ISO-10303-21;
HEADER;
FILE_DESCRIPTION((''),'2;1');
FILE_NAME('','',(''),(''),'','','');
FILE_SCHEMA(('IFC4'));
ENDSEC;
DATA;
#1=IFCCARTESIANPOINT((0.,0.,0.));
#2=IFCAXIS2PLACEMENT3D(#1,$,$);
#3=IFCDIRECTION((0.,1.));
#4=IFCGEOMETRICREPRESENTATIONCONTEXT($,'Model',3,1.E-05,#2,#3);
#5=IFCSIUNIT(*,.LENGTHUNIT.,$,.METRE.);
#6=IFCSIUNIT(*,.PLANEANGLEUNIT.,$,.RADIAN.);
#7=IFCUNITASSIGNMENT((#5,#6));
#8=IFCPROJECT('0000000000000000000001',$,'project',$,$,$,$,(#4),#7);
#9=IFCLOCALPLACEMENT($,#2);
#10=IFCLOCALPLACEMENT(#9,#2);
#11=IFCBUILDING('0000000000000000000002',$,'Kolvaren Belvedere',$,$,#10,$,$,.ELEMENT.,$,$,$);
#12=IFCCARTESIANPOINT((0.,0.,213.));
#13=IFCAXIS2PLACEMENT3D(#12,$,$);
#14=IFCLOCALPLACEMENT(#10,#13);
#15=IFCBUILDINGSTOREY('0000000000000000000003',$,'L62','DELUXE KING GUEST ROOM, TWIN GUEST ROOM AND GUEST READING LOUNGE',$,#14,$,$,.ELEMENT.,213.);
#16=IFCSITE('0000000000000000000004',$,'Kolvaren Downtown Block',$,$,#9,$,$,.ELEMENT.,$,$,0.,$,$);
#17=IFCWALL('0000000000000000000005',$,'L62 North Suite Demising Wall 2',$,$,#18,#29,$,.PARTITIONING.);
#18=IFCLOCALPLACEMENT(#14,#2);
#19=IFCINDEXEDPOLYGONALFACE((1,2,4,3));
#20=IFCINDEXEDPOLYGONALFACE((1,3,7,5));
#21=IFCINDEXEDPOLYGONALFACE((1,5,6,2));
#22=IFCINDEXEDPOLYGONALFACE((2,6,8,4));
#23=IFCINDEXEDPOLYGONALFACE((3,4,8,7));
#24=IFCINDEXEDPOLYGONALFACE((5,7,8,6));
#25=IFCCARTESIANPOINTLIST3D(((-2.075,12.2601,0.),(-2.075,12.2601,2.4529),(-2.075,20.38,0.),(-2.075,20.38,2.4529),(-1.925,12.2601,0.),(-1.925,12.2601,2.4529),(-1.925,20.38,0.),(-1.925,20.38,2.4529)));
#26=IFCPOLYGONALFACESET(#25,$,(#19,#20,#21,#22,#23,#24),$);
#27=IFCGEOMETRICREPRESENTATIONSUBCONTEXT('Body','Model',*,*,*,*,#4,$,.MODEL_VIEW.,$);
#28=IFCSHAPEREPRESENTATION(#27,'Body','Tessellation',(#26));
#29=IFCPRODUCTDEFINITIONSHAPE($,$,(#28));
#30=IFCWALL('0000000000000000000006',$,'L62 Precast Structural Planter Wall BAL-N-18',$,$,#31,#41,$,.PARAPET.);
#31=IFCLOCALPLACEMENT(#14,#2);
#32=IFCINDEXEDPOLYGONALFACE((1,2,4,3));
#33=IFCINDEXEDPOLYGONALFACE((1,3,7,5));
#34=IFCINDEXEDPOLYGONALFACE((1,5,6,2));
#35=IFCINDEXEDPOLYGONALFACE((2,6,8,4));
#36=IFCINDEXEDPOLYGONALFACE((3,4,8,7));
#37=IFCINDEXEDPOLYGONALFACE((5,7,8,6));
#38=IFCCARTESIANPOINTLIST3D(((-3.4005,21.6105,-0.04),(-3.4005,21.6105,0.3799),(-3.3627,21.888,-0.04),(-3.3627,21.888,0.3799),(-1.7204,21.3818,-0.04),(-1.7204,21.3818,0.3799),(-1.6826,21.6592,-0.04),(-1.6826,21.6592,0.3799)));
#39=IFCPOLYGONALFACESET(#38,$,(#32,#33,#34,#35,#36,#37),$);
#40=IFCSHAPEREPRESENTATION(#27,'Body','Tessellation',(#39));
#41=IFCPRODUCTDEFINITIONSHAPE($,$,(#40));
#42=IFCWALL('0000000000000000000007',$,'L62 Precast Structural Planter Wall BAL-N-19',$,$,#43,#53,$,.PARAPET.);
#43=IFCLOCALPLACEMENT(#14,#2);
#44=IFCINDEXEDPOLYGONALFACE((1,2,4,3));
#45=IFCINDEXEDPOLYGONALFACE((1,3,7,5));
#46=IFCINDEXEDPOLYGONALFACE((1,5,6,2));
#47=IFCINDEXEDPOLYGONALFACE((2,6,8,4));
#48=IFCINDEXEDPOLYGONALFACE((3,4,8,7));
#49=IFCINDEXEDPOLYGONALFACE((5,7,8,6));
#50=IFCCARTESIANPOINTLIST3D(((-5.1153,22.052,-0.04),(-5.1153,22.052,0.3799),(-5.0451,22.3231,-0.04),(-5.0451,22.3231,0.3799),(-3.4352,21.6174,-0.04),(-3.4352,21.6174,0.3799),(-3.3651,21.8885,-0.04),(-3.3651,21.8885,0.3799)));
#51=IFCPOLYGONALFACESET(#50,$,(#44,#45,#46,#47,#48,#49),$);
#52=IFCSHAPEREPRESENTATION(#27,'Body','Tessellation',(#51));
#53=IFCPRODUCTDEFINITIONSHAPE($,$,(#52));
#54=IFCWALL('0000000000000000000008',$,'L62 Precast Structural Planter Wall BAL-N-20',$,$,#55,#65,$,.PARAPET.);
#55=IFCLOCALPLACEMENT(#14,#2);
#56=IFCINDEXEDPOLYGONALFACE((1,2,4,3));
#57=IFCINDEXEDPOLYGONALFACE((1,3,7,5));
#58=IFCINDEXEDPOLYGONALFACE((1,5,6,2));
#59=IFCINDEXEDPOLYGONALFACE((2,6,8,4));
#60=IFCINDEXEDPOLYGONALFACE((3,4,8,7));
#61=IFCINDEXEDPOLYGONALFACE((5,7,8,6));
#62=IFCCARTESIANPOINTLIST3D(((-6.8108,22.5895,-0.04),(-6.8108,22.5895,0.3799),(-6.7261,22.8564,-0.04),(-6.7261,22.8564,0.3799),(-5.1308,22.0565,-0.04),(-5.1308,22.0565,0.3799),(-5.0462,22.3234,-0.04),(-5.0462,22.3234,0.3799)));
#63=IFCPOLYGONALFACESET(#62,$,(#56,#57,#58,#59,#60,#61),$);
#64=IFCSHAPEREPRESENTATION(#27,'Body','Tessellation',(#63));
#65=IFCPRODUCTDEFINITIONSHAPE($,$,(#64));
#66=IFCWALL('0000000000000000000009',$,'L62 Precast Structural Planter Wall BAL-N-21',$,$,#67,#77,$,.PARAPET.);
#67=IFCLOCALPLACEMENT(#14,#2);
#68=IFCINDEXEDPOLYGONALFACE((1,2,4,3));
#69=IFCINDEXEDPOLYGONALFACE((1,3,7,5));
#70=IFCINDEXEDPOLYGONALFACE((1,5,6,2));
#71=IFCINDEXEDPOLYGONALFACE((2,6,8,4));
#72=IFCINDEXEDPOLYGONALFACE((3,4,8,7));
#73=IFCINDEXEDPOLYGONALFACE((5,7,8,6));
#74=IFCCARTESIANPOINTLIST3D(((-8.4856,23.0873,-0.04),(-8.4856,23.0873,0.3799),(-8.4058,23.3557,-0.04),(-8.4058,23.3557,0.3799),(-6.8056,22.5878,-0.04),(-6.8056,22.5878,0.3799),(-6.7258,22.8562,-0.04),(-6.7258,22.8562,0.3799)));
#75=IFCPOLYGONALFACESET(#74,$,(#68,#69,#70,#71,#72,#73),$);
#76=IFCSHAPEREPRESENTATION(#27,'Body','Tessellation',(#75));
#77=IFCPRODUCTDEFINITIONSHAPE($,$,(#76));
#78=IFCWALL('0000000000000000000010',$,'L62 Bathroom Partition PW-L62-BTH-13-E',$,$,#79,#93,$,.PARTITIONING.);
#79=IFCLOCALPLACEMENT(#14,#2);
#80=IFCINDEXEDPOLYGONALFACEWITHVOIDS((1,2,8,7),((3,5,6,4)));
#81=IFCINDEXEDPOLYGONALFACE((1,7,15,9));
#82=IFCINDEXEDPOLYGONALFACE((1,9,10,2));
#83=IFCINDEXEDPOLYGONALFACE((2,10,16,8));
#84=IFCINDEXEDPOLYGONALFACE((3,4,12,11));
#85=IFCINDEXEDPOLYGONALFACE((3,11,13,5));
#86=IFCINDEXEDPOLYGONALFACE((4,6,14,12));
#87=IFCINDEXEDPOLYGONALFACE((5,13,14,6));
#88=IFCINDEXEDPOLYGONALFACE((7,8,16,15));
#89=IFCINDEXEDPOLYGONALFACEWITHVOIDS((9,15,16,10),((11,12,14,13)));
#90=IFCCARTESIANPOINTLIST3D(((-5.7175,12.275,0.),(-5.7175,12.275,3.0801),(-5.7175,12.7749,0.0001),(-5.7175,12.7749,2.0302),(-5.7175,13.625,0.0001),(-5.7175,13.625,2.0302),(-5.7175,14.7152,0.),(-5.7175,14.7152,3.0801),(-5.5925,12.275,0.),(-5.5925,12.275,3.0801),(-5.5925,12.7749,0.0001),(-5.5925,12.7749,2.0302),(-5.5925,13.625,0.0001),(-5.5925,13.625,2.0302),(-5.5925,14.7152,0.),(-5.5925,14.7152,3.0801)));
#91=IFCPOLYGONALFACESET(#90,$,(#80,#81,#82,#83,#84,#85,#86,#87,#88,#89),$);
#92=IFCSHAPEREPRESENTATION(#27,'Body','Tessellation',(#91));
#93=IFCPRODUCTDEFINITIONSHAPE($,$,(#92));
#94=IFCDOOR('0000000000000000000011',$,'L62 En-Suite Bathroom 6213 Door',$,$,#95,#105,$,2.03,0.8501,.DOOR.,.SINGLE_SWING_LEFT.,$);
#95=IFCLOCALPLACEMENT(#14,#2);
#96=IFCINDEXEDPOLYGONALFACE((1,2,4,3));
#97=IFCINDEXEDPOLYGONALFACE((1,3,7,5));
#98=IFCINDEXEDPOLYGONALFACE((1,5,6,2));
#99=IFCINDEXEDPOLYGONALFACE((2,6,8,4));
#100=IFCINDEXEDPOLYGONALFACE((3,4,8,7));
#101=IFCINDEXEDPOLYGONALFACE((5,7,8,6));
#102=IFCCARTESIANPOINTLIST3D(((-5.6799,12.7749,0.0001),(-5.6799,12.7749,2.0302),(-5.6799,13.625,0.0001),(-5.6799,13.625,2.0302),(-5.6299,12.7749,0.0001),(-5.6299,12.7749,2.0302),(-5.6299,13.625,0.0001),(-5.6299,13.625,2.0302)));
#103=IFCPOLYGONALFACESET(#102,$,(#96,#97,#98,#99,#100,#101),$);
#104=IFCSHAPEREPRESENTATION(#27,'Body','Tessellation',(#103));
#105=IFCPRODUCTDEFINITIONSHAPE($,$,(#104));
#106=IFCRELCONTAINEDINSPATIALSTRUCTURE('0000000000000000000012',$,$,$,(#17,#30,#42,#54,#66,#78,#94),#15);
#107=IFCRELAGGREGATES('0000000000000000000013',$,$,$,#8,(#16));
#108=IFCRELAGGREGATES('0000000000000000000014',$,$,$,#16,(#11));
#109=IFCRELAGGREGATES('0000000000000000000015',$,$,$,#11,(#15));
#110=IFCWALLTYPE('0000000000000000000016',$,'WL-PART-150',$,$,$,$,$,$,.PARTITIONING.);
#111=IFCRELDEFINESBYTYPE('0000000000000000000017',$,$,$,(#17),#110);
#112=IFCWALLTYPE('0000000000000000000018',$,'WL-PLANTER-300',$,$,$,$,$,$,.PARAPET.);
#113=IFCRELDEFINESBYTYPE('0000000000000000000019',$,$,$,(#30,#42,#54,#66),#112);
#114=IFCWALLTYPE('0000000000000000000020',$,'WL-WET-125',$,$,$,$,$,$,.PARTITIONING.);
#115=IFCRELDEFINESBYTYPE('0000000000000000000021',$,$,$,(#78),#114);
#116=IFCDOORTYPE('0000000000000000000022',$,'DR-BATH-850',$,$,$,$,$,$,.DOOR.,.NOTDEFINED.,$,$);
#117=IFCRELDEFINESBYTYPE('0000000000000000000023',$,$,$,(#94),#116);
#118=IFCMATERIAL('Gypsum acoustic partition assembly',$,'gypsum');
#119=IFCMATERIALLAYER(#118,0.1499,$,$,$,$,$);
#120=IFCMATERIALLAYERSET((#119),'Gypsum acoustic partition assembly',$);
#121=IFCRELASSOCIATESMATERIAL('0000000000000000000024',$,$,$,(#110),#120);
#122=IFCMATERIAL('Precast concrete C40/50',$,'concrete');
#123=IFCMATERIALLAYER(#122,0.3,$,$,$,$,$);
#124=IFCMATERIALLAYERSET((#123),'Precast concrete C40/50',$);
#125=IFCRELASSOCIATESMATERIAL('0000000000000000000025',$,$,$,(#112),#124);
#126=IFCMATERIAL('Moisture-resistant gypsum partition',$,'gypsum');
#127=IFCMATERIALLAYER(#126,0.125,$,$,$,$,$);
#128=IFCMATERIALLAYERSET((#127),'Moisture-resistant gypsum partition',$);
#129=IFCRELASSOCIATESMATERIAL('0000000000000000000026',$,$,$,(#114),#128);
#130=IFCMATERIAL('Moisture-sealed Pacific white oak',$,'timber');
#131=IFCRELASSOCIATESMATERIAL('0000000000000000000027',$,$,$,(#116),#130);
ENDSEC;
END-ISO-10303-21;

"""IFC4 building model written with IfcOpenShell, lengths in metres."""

from ifc_helpers import new_model, si_unit, direction, frame, frame_2d, origin, place, context, subcontext, project, spatial, rectangle, extrude, material, layer, layer_set, type_object, element, fill, save


model = new_model("IFC4")

# Units and contexts
model_context = context("Model", 3, precision=1e-05, world=origin(), true_north=direction((0.0, 1.0)))
body_context = subcontext(model_context, "Body", "Model", "MODEL_VIEW")
ifc_project = project(units=[si_unit("LENGTHUNIT", "METRE"), si_unit("PLANEANGLEUNIT", "RADIAN")], contexts=[model_context])

# Site, building, storey
site_placement = place(None, origin())
site = spatial("IfcSite", under=ifc_project, at=site_placement, Name="Kolvaren Downtown Block", CompositionType="ELEMENT", RefElevation=0.0)
building_placement = place(site_placement, origin())
building = spatial("IfcBuilding", under=site, at=building_placement, Name="Kolvaren Belvedere", CompositionType="ELEMENT")
storey_placement = place(building_placement, frame((0.0, 0.0, 213.0)))
storey = spatial("IfcBuildingStorey", under=building, at=storey_placement, Name="L62", Description="DELUXE KING GUEST ROOM, TWIN GUEST ROOM AND GUEST READING LOUNGE", CompositionType="ELEMENT", Elevation=213.0)

# Walls
ifc_material_1 = material(Name="Gypsum acoustic partition assembly", Category="gypsum")
ifc_layer_1 = layer(ifc_material_1, 0.1499)
ifc_layer_set_1 = layer_set([ifc_layer_1], Name="Gypsum acoustic partition assembly")
wall_type_1 = type_object("IfcWallType", Name="WL-PART-150", PredefinedType="PARTITIONING", material=ifc_layer_set_1)
wall_1_placement = place(storey_placement, frame((-2.0, 12.26, 0.0), z_axis=(0.0, 0.0, 1.0), x_axis=(0.0, 1.0, 0.0)))
element("IfcWall", 1, at=wall_1_placement, inside=storey, type_object=wall_type_1, Name="L62 North Suite Demising Wall 2", PredefinedType="PARTITIONING", context=body_context, shape_type="SweptSolid", body=[
    extrude(rectangle(XDim=8.1199, YDim=0.1499, at=frame_2d((4.0601, 0.0))), origin(), (0.0, 0.0, 1.0), 2.4529),
])
ifc_material_2 = material(Name="Precast concrete C40/50", Category="concrete")
ifc_layer_2 = layer(ifc_material_2, 0.3)
ifc_layer_set_2 = layer_set([ifc_layer_2], Name="Precast concrete C40/50")
wall_type_2 = type_object("IfcWallType", Name="WL-PLANTER-300", PredefinedType="PARAPET", material=ifc_layer_set_2)
wall_2_placement = place(storey_placement, frame((-1.7017, 21.5205, -0.04), z_axis=(0.0, 0.0, 1.0), x_axis=(-0.990856, 0.134927, 0.0)))
element("IfcWall", 2, at=wall_2_placement, inside=storey, type_object=wall_type_2, Name="L62 Precast Structural Planter Wall BAL-N-18", PredefinedType="PARAPET", context=body_context, shape_type="SweptSolid", body=[
    extrude(rectangle(XDim=1.6956, YDim=0.28, at=frame_2d((0.8477, 0.0))), origin(), (0.0, 0.0, 1.0), 0.4199),
])
wall_3_placement = place(storey_placement, frame((-3.4001, 21.7529, -0.04), z_axis=(0.0, 0.0, 1.0), x_axis=(-0.968132, 0.25044, 0.0)))
element("IfcWall", 3, at=wall_3_placement, inside=storey, type_object=wall_type_2, Name="L62 Precast Structural Planter Wall BAL-N-19", PredefinedType="PARAPET", context=body_context, shape_type="SweptSolid", body=[
    extrude(rectangle(XDim=1.7354, YDim=0.28, at=frame_2d((0.8677, 0.0))), origin(), (0.0, 0.0, 1.0), 0.4199),
])
wall_4_placement = place(storey_placement, frame((-5.0884, 22.1899, -0.04), z_axis=(0.0, 0.0, 1.0), x_axis=(-0.953182, 0.302397, 0.0)))
element("IfcWall", 4, at=wall_4_placement, inside=storey, type_object=wall_type_2, Name="L62 Precast Structural Planter Wall BAL-N-20", PredefinedType="PARAPET", context=body_context, shape_type="SweptSolid", body=[
    extrude(rectangle(XDim=1.7625, YDim=0.28, at=frame_2d((0.8813, 0.0))), origin(), (0.0, 0.0, 1.0), 0.4199),
])
wall_5_placement = place(storey_placement, frame((-6.7656, 22.7219, -0.04), z_axis=(0.0, 0.0, 1.0), x_axis=(-0.958525, 0.285008, 0.0)))
element("IfcWall", 5, at=wall_5_placement, inside=storey, type_object=wall_type_2, Name="L62 Precast Structural Planter Wall BAL-N-21", PredefinedType="PARAPET", context=body_context, shape_type="SweptSolid", body=[
    extrude(rectangle(XDim=1.7527, YDim=0.28, at=frame_2d((0.8765, 0.0))), origin(), (0.0, 0.0, 1.0), 0.4199),
])

# Wall, opening, door
ifc_material_3 = material(Name="Moisture-resistant gypsum partition", Category="gypsum")
ifc_layer_3 = layer(ifc_material_3, 0.125)
ifc_layer_set_3 = layer_set([ifc_layer_3], Name="Moisture-resistant gypsum partition")
wall_type_3 = type_object("IfcWallType", Name="WL-WET-125", PredefinedType="PARTITIONING", material=ifc_layer_set_3)
wall_6_placement = place(storey_placement, frame((-5.655, 12.2749, 0.0), z_axis=(0.0, 0.0, 1.0), x_axis=(0.0, 1.0, 0.0)))
wall_6 = element("IfcWall", 6, at=wall_6_placement, inside=storey, type_object=wall_type_3, Name="L62 Bathroom Partition PW-L62-BTH-13-E", PredefinedType="PARTITIONING", context=body_context, shape_type="SweptSolid", body=[
    extrude(rectangle(XDim=2.4402, YDim=0.125, at=frame_2d((1.2202, 0.0))), origin(), (0.0, 0.0, 1.0), 3.0801),
])
opening_1_placement = place(wall_6_placement, frame((0.5, 0.0, 0.0)))
opening_1 = element("IfcOpeningElement", 7, at=opening_1_placement, cuts=wall_6, PredefinedType="OPENING", context=body_context, shape_type="SweptSolid", body=[
    extrude(rectangle(XDim=0.8501, YDim=2.03, at=frame_2d((0.425, 1.0151))), frame((0.0, 0.0725, 0.0), z_axis=(0.0, -1.0, 0.0), x_axis=(1.0, 0.0, 0.0)), (0.0, 0.0, 1.0), 0.145),
])
ifc_material_4 = material(Name="Moisture-sealed Pacific white oak", Category="timber")
door_type_1 = type_object("IfcDoorType", Name="DR-BATH-850", OperationType="NOTDEFINED", PredefinedType="DOOR", material=ifc_material_4)
door_1_placement = place(opening_1_placement, origin())
door_1 = element("IfcDoor", 8, at=door_1_placement, inside=storey, type_object=door_type_1, Name="L62 En-Suite Bathroom 6213 Door", OperationType="SINGLE_SWING_LEFT", OverallHeight=2.03, OverallWidth=0.8501, PredefinedType="DOOR", context=body_context, shape_type="SweptSolid", body=[
    extrude(rectangle(XDim=0.8501, YDim=2.03, at=frame_2d((0.425, 1.0151))), frame((0.0, 0.0249, 0.0), z_axis=(0.0, -1.0, 0.0), x_axis=(1.0, 0.0, 0.0)), (0.0, 0.0, 1.0), 0.05),
])
fill(opening_1, door_1)

save(model, "model.ifc")
